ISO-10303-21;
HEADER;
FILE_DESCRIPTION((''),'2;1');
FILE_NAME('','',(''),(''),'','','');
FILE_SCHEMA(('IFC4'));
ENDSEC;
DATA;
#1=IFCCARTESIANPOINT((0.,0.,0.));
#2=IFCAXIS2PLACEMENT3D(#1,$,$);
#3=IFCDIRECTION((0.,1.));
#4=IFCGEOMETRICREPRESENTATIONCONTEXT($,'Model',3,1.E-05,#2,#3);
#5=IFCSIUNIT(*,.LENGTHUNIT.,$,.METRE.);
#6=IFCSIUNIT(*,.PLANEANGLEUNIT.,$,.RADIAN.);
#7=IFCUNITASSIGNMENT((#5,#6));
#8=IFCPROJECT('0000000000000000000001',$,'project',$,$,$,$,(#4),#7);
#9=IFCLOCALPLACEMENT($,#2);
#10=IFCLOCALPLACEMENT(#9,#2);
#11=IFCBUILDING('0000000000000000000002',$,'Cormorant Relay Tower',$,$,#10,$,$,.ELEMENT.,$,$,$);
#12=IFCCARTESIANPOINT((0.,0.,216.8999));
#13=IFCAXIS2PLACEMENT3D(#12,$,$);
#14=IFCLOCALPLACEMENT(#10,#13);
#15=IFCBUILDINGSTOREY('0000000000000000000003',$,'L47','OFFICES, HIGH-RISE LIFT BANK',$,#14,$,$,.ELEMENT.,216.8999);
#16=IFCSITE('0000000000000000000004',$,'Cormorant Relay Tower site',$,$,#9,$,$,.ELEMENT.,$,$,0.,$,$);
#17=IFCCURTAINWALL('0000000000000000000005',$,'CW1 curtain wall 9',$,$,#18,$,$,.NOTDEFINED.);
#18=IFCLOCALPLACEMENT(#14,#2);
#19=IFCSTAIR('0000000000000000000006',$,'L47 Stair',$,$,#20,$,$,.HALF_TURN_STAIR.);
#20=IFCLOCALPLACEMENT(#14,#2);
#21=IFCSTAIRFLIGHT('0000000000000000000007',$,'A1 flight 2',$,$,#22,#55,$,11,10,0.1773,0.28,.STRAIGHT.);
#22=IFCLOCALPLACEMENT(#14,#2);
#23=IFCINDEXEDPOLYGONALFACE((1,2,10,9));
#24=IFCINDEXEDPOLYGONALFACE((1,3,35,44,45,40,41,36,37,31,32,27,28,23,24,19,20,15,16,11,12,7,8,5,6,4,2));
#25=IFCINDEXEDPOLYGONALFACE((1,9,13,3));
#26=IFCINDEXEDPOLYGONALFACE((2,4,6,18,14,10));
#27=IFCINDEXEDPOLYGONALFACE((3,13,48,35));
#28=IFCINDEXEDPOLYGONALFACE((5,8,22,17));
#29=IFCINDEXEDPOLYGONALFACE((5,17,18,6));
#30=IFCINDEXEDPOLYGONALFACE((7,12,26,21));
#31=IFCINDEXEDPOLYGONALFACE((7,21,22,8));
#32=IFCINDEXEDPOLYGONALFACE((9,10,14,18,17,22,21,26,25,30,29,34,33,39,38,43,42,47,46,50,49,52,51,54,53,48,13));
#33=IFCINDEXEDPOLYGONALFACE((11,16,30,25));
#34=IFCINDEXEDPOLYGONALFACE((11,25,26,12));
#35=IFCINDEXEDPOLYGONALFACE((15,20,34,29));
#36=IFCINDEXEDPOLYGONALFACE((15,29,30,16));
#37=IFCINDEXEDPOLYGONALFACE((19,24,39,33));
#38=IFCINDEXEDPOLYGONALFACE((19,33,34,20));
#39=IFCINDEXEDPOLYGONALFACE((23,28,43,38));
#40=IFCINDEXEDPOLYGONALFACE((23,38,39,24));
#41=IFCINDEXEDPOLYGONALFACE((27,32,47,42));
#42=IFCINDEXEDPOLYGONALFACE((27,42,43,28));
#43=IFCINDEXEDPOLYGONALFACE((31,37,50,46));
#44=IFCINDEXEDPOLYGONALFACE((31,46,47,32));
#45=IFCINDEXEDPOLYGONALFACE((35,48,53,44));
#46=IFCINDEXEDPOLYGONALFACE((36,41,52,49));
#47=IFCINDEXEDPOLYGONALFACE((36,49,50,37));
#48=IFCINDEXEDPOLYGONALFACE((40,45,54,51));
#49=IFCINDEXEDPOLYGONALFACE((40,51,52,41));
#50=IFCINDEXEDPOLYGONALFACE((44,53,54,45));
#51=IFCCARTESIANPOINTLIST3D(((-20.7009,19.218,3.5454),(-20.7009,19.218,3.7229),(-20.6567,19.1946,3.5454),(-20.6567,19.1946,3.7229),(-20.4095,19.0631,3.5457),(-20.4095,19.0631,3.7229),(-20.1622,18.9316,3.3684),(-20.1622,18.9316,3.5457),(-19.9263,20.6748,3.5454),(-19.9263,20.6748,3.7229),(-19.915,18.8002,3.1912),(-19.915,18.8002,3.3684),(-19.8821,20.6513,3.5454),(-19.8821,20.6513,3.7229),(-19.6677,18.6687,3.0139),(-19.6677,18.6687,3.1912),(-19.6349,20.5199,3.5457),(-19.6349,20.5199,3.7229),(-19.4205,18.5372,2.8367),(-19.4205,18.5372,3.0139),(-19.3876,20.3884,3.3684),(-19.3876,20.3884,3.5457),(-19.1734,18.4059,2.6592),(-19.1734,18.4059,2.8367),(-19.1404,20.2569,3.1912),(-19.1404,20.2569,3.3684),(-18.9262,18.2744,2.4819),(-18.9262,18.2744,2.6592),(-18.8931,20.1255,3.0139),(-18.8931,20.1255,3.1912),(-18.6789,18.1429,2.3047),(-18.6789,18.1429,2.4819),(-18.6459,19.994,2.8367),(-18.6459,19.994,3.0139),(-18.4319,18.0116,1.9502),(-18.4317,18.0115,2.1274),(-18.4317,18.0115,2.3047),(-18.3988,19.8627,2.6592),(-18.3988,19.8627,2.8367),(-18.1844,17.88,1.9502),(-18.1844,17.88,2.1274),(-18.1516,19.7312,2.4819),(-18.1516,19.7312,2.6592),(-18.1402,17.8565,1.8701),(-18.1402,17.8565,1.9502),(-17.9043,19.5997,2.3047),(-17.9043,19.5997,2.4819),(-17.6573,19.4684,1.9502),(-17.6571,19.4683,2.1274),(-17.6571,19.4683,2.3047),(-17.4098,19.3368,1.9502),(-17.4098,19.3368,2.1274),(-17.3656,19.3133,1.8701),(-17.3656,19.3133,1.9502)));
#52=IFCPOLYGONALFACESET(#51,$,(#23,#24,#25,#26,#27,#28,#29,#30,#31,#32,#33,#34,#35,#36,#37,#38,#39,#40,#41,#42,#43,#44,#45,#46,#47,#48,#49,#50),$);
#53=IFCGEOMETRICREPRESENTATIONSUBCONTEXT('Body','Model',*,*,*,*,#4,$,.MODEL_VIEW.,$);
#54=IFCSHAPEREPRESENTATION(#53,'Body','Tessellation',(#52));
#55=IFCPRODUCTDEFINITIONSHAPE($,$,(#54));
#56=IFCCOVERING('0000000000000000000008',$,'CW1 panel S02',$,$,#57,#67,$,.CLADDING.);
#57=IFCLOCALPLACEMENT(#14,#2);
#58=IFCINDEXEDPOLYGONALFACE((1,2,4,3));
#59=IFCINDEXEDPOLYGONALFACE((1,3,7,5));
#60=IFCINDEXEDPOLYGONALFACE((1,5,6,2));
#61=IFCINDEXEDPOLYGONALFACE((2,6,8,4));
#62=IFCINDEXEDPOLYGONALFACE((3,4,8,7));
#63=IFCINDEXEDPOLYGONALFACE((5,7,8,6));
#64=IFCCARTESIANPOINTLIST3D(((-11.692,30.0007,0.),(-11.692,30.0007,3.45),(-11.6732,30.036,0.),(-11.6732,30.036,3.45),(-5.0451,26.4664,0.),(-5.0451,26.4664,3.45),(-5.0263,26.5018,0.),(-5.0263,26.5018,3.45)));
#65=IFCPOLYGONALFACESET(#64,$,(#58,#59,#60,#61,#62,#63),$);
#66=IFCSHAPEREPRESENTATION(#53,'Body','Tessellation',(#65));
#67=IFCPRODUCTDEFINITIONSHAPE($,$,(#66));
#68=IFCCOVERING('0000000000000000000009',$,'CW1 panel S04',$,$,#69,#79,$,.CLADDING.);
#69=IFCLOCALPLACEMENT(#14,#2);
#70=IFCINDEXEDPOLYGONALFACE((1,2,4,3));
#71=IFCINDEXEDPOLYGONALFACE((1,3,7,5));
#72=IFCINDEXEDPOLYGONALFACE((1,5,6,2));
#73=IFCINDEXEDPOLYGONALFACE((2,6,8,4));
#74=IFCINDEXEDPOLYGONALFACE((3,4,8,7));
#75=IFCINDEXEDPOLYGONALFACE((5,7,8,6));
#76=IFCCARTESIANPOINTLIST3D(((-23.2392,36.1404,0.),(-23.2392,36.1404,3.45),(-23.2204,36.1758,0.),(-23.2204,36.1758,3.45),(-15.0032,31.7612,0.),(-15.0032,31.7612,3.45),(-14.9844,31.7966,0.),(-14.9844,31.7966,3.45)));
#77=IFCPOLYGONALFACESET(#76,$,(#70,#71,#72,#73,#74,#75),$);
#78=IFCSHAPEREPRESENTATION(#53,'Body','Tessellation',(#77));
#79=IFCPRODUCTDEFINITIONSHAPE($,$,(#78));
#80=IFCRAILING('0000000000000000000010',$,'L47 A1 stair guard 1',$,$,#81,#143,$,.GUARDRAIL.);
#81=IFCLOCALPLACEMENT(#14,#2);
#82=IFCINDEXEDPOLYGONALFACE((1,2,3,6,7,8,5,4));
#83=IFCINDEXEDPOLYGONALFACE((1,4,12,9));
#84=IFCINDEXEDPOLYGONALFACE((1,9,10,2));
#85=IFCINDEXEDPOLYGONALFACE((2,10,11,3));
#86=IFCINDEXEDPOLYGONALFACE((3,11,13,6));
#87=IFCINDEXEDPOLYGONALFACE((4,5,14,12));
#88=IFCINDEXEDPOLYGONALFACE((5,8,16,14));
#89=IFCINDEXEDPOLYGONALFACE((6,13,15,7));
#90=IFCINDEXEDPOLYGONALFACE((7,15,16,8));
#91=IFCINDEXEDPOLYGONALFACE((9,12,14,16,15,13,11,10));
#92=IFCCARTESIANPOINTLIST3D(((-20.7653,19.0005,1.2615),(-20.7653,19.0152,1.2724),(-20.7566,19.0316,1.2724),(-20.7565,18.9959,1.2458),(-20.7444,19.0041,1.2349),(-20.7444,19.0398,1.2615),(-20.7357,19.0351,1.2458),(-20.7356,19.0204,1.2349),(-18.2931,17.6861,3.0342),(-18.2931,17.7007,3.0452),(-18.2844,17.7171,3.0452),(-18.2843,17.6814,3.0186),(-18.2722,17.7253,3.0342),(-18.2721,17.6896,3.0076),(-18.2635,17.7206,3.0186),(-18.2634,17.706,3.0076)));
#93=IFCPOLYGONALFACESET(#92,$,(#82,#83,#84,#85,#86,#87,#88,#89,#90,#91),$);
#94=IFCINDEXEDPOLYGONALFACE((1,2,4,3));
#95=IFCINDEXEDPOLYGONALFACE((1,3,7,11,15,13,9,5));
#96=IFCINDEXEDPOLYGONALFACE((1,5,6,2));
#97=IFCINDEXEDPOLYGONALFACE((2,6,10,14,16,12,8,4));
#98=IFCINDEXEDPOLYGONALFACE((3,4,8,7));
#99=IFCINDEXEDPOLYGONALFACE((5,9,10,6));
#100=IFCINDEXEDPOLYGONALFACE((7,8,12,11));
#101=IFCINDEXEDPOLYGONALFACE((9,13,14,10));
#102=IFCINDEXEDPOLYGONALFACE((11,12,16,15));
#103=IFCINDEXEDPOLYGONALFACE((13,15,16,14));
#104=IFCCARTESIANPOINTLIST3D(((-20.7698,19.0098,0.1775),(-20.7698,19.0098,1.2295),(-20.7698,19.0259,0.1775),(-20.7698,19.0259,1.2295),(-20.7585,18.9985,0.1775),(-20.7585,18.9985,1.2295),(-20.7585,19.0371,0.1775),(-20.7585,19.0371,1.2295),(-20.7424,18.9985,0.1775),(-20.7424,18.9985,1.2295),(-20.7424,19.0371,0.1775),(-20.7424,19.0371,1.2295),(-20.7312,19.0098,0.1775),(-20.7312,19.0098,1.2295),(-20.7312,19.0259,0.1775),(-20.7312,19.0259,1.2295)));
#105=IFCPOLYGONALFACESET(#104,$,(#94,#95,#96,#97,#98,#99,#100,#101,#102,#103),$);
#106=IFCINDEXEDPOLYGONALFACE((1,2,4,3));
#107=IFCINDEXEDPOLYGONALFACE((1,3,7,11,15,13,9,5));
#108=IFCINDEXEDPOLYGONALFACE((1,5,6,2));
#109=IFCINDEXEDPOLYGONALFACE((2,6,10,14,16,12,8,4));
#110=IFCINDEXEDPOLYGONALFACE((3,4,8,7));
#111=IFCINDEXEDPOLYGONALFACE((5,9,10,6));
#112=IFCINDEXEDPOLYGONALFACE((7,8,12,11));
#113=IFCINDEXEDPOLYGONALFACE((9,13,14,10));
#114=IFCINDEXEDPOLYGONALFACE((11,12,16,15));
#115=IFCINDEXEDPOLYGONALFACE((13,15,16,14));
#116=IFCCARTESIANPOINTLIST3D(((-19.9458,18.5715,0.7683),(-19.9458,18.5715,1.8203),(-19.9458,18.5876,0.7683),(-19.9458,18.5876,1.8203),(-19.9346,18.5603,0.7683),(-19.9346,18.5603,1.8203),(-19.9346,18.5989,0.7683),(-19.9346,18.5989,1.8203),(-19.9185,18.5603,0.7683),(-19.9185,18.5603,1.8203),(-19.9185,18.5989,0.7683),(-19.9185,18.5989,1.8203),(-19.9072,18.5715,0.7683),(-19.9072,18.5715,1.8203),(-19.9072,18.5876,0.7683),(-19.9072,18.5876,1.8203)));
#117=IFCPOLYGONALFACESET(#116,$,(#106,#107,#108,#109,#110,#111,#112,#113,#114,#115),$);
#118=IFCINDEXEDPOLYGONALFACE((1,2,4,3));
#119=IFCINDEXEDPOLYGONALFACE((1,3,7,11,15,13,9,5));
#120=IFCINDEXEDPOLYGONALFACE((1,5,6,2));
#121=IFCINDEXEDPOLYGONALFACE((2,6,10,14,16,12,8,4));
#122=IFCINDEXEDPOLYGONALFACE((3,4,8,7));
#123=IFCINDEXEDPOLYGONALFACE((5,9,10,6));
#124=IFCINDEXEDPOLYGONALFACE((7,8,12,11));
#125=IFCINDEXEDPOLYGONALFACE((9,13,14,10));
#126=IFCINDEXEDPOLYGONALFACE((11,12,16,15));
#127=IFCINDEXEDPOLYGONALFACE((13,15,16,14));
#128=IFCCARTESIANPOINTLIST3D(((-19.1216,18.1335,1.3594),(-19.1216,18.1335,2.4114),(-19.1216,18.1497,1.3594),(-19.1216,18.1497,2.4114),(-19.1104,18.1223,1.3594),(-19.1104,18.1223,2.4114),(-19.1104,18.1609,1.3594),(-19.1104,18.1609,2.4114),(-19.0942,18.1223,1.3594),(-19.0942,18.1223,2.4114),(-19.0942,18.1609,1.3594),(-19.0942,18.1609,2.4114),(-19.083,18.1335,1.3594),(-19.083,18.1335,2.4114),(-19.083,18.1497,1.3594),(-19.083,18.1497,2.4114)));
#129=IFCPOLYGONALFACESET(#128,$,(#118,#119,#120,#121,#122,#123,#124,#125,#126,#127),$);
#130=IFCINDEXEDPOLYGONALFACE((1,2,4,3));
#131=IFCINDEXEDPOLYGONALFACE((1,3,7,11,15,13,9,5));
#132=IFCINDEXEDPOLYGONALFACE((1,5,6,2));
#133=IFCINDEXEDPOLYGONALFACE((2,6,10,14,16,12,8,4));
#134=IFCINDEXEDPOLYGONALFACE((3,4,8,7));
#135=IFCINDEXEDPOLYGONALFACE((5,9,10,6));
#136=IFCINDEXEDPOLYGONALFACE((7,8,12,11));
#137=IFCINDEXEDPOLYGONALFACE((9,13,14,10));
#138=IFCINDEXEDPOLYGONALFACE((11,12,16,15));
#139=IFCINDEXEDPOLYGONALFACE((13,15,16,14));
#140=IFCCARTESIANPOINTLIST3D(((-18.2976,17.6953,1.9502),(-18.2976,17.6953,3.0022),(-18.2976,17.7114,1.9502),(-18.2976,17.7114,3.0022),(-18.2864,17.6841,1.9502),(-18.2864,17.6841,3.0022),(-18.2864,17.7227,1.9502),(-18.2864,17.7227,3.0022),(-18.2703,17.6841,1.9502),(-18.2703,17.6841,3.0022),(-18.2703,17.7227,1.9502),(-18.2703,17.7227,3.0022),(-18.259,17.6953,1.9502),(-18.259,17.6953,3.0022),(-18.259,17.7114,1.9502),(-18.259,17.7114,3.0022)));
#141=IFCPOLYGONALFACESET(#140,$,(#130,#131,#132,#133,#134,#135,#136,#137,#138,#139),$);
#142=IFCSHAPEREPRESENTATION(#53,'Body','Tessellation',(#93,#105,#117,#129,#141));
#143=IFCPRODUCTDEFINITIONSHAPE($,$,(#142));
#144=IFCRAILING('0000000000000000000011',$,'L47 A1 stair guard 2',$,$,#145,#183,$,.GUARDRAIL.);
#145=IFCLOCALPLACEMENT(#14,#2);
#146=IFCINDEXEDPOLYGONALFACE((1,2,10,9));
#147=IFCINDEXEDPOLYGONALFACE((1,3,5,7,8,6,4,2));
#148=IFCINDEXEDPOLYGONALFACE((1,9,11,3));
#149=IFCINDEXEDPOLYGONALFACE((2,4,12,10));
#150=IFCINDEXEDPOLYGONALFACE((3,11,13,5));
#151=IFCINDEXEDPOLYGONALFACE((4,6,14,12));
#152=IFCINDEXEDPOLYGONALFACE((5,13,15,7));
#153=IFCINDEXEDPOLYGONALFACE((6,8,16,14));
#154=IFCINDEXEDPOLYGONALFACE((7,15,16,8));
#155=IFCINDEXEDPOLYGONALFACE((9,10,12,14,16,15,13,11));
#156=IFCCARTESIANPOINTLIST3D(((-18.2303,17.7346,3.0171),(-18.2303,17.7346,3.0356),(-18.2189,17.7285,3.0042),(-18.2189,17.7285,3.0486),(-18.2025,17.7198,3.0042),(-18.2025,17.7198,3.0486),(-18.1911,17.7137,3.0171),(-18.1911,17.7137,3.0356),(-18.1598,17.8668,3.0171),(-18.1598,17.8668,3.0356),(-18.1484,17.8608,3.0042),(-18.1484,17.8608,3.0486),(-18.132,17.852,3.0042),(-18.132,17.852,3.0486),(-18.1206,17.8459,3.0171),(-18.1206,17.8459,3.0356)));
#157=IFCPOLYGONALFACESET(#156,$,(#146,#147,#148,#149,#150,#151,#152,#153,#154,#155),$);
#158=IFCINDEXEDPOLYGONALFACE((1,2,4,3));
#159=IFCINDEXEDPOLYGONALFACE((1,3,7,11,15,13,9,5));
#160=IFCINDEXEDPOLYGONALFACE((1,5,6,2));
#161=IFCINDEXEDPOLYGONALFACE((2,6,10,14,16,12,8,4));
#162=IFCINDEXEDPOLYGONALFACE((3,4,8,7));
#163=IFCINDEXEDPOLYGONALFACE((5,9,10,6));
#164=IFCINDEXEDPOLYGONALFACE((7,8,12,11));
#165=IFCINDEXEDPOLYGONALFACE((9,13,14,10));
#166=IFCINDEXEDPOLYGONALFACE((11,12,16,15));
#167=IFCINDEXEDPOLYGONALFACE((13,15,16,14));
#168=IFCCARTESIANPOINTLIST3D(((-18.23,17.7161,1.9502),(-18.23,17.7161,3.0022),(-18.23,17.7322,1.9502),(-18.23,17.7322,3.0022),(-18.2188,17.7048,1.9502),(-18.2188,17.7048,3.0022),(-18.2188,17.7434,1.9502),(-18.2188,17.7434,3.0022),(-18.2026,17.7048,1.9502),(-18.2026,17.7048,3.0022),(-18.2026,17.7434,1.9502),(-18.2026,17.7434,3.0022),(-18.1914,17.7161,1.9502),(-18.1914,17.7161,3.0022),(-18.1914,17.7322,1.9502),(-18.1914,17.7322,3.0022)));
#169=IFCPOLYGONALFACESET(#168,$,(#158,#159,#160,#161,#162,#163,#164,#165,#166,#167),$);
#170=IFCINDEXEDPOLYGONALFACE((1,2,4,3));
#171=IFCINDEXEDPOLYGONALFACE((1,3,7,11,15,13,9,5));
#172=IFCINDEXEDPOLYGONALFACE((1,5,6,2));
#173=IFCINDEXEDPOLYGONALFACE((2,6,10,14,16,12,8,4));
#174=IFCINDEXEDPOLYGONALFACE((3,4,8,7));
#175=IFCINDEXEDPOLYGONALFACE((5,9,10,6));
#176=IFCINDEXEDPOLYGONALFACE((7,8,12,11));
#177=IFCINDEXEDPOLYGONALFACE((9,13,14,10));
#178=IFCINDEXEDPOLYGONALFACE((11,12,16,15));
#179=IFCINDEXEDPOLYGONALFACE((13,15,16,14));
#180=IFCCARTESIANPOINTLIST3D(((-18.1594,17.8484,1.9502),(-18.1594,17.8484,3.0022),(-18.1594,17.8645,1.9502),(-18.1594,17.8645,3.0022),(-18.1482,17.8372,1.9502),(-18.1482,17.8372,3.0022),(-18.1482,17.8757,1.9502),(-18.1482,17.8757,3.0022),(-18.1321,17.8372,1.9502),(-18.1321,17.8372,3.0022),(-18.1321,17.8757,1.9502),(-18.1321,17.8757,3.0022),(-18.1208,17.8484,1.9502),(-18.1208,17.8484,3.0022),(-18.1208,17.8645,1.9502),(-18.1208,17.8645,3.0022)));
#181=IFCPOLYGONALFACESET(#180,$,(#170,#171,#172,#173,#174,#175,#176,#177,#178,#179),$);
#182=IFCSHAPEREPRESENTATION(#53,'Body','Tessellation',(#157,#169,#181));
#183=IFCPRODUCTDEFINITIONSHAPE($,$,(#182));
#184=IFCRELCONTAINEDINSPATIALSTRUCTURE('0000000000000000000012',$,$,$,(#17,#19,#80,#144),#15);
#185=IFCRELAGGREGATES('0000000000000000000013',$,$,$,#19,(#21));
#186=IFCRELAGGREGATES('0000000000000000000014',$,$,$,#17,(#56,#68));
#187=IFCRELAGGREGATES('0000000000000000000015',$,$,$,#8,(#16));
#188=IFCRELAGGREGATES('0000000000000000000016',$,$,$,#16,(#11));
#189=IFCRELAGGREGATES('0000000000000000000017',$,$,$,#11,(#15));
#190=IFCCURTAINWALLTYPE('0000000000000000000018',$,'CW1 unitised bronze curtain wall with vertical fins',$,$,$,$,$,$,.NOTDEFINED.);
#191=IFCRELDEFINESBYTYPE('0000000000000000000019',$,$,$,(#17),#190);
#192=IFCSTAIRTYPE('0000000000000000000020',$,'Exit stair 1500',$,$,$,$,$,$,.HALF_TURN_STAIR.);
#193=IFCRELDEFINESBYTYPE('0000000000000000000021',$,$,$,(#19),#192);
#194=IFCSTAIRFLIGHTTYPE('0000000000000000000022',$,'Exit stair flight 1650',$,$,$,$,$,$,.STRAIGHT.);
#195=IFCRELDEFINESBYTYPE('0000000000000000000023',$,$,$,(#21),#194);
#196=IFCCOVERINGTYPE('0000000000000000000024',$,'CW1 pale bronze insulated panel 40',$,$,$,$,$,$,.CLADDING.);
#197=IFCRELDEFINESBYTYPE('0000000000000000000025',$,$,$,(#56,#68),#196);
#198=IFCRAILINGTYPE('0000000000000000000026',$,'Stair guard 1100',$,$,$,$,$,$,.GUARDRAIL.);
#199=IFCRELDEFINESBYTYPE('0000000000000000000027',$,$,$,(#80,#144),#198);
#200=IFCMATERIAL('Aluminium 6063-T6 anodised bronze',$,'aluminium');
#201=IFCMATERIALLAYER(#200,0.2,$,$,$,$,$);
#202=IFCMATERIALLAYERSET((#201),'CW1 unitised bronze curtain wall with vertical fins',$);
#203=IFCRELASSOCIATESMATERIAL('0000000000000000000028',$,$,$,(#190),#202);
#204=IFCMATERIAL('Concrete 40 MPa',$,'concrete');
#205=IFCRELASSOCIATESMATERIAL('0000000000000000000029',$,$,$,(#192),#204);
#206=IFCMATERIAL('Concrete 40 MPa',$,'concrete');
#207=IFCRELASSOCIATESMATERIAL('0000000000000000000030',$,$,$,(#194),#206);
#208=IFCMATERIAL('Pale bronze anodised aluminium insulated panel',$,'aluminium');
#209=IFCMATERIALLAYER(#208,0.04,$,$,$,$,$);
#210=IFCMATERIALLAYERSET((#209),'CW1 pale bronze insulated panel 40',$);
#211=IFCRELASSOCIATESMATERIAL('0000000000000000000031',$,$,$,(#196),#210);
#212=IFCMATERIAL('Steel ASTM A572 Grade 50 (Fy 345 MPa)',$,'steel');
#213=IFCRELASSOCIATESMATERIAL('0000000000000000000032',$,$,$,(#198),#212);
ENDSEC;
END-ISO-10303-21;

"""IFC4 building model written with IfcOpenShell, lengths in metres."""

from ifc_helpers import new_model, si_unit, direction, frame, origin, origin_2d, place, context, subcontext, project, spatial, polyline, rectangle, outline, extrude, material, layer, layer_set, type_object, element, aggregate, save


model = new_model("IFC4")

# Units and contexts
model_context = context("Model", 3, precision=1e-05, world=origin(), true_north=direction((0.0, 1.0)))
body_context = subcontext(model_context, "Body", "Model", "MODEL_VIEW")
ifc_project = project(units=[si_unit("LENGTHUNIT", "METRE"), si_unit("PLANEANGLEUNIT", "RADIAN")], contexts=[model_context])

# Site, building, storey
site_placement = place(None, origin())
site = spatial("IfcSite", under=ifc_project, at=site_placement, Name="Cormorant Relay Tower site", CompositionType="ELEMENT", RefElevation=0.0)
building_placement = place(site_placement, origin())
building = spatial("IfcBuilding", under=site, at=building_placement, Name="Cormorant Relay Tower", CompositionType="ELEMENT")
storey_placement = place(building_placement, frame((0.0, 0.0, 216.8999)))
storey = spatial("IfcBuildingStorey", under=building, at=storey_placement, Name="L47", Description="OFFICES, HIGH-RISE LIFT BANK", CompositionType="ELEMENT", Elevation=216.8999)

# Curtain wall
ifc_material_1 = material(Name="Aluminium 6063-T6 anodised bronze", Category="aluminium")
ifc_layer_1 = layer(ifc_material_1, 0.2)
ifc_layer_set_1 = layer_set([ifc_layer_1], Name="CW1 unitised bronze curtain wall with vertical fins")
curtain_wall_type = type_object("IfcCurtainWallType", Name="CW1 unitised bronze curtain wall with vertical fins", PredefinedType="NOTDEFINED", material=ifc_layer_set_1)
curtain_wall_placement = place(storey_placement, origin())
curtain_wall = element("IfcCurtainWall", 1, at=curtain_wall_placement, inside=storey, type_object=curtain_wall_type, Name="CW1 curtain wall 9", PredefinedType="NOTDEFINED")

# Stair, stair flight
ifc_material_2 = material(Name="Concrete 40 MPa", Category="concrete")
stair_type = type_object("IfcStairType", Name="Exit stair 1500", PredefinedType="HALF_TURN_STAIR", material=ifc_material_2)
stair_placement = place(storey_placement, origin())
stair = element("IfcStair", 2, at=stair_placement, inside=storey, type_object=stair_type, Name="L47 Stair", PredefinedType="HALF_TURN_STAIR")
ifc_material_3 = material(Name="Concrete 40 MPa", Category="concrete")
stair_flight_type = type_object("IfcStairFlightType", Name="Exit stair flight 1650", PredefinedType="STRAIGHT", material=ifc_material_3)
stair_flight_1_placement = place(storey_placement, frame((-17.7971, 18.6084, 1.9502), z_axis=(0.0, 0.0, 1.0), x_axis=(-0.882948, 0.469472, 0.0)))
stair_flight_1 = element("IfcStairFlight", 3, at=stair_flight_1_placement, type_object=stair_flight_type, Name="A1 flight 2", NumberOfRisers=11, NumberOfTreads=10, PredefinedType="STRAIGHT", RiserHeight=0.1773, TreadLength=0.28, context=body_context, shape_type="SweptSolid", body=[
    extrude(outline(polyline([(-0.05, -0.0801), (-0.05, 0.0), (0.0, 0.0), (0.0, 0.1772), (0.28, 0.1772), (0.28, 0.3545), (0.5601, 0.3545), (0.5601, 0.5317), (0.8401, 0.5317), (0.8401, 0.709), (1.1201, 0.709), (1.1201, 0.8865), (1.3999, 0.8865), (1.3999, 1.0637), (1.6799, 1.0637), (1.6799, 1.241), (1.96, 1.241), (1.96, 1.4182), (2.24, 1.4182), (2.24, 1.5955), (2.52, 1.5955), (2.52, 1.7727), (2.8, 1.7727), (2.8501, 1.7727), (2.8501, 1.5952), (2.8, 1.5952), (0.2803, 0.0), (-0.05, -0.0801)])), frame((0.0, 0.825, 0.0), z_axis=(0.0, -1.0, 0.0), x_axis=(1.0, 0.0, 0.0)), (0.0, 0.0, 1.0), 1.6499),
])
aggregate(stair, [stair_flight_1])

# Coverings
ifc_material_4 = material(Name="Pale bronze anodised aluminium insulated panel", Category="aluminium")
ifc_layer_2 = layer(ifc_material_4, 0.04)
ifc_layer_set_2 = layer_set([ifc_layer_2], Name="CW1 pale bronze insulated panel 40")
covering_type = type_object("IfcCoveringType", Name="CW1 pale bronze insulated panel 40", PredefinedType="CLADDING", material=ifc_layer_set_2)
covering_1_placement = place(storey_placement, frame((-8.3591, 28.2512, 0.0), z_axis=(0.0, 0.0, 1.0), x_axis=(-0.882948, 0.469472, 0.0)))
covering_1 = element("IfcCovering", 4, at=covering_1_placement, type_object=covering_type, Name="CW1 panel S02", PredefinedType="CLADDING", context=body_context, shape_type="SweptSolid", body=[
    extrude(rectangle(XDim=7.5281, YDim=0.04, at=origin_2d()), origin(), (0.0, 0.0, 1.0), 3.45),
])
covering_2_placement = place(storey_placement, frame((-19.1118, 33.9685, 0.0), z_axis=(0.0, 0.0, 1.0), x_axis=(-0.882948, 0.469472, 0.0)))
covering_2 = element("IfcCovering", 5, at=covering_2_placement, type_object=covering_type, Name="CW1 panel S04", PredefinedType="CLADDING", context=body_context, shape_type="SweptSolid", body=[
    extrude(rectangle(XDim=9.3279, YDim=0.04, at=origin_2d()), origin(), (0.0, 0.0, 1.0), 3.45),
])
aggregate(curtain_wall, [covering_1, covering_2])

# Railings
ifc_material_5 = material(Name="Steel ASTM A572 Grade 50 (Fy 345 MPa)", Category="steel")
railing_type_1 = type_object("IfcRailingType", Name="Stair guard 1100", PredefinedType="GUARDRAIL", material=ifc_material_5)
railing_1_placement = place(storey_placement, frame((-20.7505, 19.0178, 0.1775)))
element("IfcRailing", 6, at=railing_1_placement, inside=storey, type_object=railing_type_1, Name="L47 A1 stair guard 1", PredefinedType="GUARDRAIL", context=body_context, shape_type="SweptSolid", body=[
    extrude(outline(polyline([(0.0222, 0.0093), (0.0093, 0.0222), (-0.0093, 0.0222), (-0.0222, 0.0093), (-0.0222, -0.0093), (-0.0093, -0.0222), (0.0093, -0.0222), (0.0222, -0.0093), (0.0222, 0.0093)])), frame((0.0, 0.0, 1.0762), z_axis=(0.746001, -0.396649, 0.534931), x_axis=(0.469465, 0.882951, 0.0)), (0.0, 0.0, 1.0), 3.314),
    extrude(outline(polyline([(0.0193, 0.0081), (0.0081, 0.0193), (-0.0081, 0.0193), (-0.0193, 0.0081), (-0.0193, -0.0081), (-0.0081, -0.0193), (0.0081, -0.0193), (0.0193, -0.0081), (0.0193, 0.0081)])), origin(), (0.0, 0.0, 1.0), 1.052),
    extrude(outline(polyline([(0.0193, 0.0081), (0.0081, 0.0193), (-0.0081, 0.0193), (-0.0193, 0.0081), (-0.0193, -0.0081), (-0.0081, -0.0193), (0.0081, -0.0193), (0.0193, -0.0081), (0.0193, 0.0081)])), frame((0.824, -0.4382, 0.5908)), (0.0, 0.0, 1.0), 1.052),
    extrude(outline(polyline([(0.0193, 0.0081), (0.0081, 0.0193), (-0.0081, 0.0193), (-0.0193, 0.0081), (-0.0193, -0.0081), (-0.0081, -0.0193), (0.0081, -0.0193), (0.0193, -0.0081), (0.0193, 0.0081)])), frame((1.6482, -0.8762, 1.1819)), (0.0, 0.0, 1.0), 1.052),
    extrude(outline(polyline([(0.0193, 0.0081), (0.0081, 0.0193), (-0.0081, 0.0193), (-0.0193, 0.0081), (-0.0193, -0.0081), (-0.0081, -0.0193), (0.0081, -0.0193), (0.0193, -0.0081), (0.0193, 0.0081)])), frame((2.4722, -1.3145, 1.7727)), (0.0, 0.0, 1.0), 1.052),
])
railing_2_placement = place(storey_placement, frame((-18.2107, 17.7241, 1.9502)))
element("IfcRailing", 7, at=railing_2_placement, inside=storey, type_object=railing_type_1, Name="L47 A1 stair guard 2", PredefinedType="GUARDRAIL", context=body_context, shape_type="SweptSolid", body=[
    extrude(outline(polyline([(0.0222, 0.0093), (0.0093, 0.0222), (-0.0093, 0.0222), (-0.0222, 0.0093), (-0.0222, -0.0093), (-0.0093, -0.0222), (0.0093, -0.0222), (0.0222, -0.0093), (0.0222, 0.0093)])), frame((0.0, 0.0, 1.0762), z_axis=(0.470504, 0.882398, 0.0), x_axis=(-0.882398, 0.470504, 0.0)), (0.0, 0.0, 1.0), 0.1499),
    extrude(outline(polyline([(0.0193, 0.0081), (0.0081, 0.0193), (-0.0081, 0.0193), (-0.0193, 0.0081), (-0.0193, -0.0081), (-0.0081, -0.0193), (0.0081, -0.0193), (0.0193, -0.0081), (0.0193, 0.0081)])), origin(), (0.0, 0.0, 1.0), 1.052),
    extrude(outline(polyline([(0.0193, 0.0081), (0.0081, 0.0193), (-0.0081, 0.0193), (-0.0193, 0.0081), (-0.0193, -0.0081), (-0.0081, -0.0193), (0.0081, -0.0193), (0.0193, -0.0081), (0.0193, 0.0081)])), frame((0.0706, 0.1323, 0.0)), (0.0, 0.0, 1.0), 1.052),
])

save(model, "model.ifc")
